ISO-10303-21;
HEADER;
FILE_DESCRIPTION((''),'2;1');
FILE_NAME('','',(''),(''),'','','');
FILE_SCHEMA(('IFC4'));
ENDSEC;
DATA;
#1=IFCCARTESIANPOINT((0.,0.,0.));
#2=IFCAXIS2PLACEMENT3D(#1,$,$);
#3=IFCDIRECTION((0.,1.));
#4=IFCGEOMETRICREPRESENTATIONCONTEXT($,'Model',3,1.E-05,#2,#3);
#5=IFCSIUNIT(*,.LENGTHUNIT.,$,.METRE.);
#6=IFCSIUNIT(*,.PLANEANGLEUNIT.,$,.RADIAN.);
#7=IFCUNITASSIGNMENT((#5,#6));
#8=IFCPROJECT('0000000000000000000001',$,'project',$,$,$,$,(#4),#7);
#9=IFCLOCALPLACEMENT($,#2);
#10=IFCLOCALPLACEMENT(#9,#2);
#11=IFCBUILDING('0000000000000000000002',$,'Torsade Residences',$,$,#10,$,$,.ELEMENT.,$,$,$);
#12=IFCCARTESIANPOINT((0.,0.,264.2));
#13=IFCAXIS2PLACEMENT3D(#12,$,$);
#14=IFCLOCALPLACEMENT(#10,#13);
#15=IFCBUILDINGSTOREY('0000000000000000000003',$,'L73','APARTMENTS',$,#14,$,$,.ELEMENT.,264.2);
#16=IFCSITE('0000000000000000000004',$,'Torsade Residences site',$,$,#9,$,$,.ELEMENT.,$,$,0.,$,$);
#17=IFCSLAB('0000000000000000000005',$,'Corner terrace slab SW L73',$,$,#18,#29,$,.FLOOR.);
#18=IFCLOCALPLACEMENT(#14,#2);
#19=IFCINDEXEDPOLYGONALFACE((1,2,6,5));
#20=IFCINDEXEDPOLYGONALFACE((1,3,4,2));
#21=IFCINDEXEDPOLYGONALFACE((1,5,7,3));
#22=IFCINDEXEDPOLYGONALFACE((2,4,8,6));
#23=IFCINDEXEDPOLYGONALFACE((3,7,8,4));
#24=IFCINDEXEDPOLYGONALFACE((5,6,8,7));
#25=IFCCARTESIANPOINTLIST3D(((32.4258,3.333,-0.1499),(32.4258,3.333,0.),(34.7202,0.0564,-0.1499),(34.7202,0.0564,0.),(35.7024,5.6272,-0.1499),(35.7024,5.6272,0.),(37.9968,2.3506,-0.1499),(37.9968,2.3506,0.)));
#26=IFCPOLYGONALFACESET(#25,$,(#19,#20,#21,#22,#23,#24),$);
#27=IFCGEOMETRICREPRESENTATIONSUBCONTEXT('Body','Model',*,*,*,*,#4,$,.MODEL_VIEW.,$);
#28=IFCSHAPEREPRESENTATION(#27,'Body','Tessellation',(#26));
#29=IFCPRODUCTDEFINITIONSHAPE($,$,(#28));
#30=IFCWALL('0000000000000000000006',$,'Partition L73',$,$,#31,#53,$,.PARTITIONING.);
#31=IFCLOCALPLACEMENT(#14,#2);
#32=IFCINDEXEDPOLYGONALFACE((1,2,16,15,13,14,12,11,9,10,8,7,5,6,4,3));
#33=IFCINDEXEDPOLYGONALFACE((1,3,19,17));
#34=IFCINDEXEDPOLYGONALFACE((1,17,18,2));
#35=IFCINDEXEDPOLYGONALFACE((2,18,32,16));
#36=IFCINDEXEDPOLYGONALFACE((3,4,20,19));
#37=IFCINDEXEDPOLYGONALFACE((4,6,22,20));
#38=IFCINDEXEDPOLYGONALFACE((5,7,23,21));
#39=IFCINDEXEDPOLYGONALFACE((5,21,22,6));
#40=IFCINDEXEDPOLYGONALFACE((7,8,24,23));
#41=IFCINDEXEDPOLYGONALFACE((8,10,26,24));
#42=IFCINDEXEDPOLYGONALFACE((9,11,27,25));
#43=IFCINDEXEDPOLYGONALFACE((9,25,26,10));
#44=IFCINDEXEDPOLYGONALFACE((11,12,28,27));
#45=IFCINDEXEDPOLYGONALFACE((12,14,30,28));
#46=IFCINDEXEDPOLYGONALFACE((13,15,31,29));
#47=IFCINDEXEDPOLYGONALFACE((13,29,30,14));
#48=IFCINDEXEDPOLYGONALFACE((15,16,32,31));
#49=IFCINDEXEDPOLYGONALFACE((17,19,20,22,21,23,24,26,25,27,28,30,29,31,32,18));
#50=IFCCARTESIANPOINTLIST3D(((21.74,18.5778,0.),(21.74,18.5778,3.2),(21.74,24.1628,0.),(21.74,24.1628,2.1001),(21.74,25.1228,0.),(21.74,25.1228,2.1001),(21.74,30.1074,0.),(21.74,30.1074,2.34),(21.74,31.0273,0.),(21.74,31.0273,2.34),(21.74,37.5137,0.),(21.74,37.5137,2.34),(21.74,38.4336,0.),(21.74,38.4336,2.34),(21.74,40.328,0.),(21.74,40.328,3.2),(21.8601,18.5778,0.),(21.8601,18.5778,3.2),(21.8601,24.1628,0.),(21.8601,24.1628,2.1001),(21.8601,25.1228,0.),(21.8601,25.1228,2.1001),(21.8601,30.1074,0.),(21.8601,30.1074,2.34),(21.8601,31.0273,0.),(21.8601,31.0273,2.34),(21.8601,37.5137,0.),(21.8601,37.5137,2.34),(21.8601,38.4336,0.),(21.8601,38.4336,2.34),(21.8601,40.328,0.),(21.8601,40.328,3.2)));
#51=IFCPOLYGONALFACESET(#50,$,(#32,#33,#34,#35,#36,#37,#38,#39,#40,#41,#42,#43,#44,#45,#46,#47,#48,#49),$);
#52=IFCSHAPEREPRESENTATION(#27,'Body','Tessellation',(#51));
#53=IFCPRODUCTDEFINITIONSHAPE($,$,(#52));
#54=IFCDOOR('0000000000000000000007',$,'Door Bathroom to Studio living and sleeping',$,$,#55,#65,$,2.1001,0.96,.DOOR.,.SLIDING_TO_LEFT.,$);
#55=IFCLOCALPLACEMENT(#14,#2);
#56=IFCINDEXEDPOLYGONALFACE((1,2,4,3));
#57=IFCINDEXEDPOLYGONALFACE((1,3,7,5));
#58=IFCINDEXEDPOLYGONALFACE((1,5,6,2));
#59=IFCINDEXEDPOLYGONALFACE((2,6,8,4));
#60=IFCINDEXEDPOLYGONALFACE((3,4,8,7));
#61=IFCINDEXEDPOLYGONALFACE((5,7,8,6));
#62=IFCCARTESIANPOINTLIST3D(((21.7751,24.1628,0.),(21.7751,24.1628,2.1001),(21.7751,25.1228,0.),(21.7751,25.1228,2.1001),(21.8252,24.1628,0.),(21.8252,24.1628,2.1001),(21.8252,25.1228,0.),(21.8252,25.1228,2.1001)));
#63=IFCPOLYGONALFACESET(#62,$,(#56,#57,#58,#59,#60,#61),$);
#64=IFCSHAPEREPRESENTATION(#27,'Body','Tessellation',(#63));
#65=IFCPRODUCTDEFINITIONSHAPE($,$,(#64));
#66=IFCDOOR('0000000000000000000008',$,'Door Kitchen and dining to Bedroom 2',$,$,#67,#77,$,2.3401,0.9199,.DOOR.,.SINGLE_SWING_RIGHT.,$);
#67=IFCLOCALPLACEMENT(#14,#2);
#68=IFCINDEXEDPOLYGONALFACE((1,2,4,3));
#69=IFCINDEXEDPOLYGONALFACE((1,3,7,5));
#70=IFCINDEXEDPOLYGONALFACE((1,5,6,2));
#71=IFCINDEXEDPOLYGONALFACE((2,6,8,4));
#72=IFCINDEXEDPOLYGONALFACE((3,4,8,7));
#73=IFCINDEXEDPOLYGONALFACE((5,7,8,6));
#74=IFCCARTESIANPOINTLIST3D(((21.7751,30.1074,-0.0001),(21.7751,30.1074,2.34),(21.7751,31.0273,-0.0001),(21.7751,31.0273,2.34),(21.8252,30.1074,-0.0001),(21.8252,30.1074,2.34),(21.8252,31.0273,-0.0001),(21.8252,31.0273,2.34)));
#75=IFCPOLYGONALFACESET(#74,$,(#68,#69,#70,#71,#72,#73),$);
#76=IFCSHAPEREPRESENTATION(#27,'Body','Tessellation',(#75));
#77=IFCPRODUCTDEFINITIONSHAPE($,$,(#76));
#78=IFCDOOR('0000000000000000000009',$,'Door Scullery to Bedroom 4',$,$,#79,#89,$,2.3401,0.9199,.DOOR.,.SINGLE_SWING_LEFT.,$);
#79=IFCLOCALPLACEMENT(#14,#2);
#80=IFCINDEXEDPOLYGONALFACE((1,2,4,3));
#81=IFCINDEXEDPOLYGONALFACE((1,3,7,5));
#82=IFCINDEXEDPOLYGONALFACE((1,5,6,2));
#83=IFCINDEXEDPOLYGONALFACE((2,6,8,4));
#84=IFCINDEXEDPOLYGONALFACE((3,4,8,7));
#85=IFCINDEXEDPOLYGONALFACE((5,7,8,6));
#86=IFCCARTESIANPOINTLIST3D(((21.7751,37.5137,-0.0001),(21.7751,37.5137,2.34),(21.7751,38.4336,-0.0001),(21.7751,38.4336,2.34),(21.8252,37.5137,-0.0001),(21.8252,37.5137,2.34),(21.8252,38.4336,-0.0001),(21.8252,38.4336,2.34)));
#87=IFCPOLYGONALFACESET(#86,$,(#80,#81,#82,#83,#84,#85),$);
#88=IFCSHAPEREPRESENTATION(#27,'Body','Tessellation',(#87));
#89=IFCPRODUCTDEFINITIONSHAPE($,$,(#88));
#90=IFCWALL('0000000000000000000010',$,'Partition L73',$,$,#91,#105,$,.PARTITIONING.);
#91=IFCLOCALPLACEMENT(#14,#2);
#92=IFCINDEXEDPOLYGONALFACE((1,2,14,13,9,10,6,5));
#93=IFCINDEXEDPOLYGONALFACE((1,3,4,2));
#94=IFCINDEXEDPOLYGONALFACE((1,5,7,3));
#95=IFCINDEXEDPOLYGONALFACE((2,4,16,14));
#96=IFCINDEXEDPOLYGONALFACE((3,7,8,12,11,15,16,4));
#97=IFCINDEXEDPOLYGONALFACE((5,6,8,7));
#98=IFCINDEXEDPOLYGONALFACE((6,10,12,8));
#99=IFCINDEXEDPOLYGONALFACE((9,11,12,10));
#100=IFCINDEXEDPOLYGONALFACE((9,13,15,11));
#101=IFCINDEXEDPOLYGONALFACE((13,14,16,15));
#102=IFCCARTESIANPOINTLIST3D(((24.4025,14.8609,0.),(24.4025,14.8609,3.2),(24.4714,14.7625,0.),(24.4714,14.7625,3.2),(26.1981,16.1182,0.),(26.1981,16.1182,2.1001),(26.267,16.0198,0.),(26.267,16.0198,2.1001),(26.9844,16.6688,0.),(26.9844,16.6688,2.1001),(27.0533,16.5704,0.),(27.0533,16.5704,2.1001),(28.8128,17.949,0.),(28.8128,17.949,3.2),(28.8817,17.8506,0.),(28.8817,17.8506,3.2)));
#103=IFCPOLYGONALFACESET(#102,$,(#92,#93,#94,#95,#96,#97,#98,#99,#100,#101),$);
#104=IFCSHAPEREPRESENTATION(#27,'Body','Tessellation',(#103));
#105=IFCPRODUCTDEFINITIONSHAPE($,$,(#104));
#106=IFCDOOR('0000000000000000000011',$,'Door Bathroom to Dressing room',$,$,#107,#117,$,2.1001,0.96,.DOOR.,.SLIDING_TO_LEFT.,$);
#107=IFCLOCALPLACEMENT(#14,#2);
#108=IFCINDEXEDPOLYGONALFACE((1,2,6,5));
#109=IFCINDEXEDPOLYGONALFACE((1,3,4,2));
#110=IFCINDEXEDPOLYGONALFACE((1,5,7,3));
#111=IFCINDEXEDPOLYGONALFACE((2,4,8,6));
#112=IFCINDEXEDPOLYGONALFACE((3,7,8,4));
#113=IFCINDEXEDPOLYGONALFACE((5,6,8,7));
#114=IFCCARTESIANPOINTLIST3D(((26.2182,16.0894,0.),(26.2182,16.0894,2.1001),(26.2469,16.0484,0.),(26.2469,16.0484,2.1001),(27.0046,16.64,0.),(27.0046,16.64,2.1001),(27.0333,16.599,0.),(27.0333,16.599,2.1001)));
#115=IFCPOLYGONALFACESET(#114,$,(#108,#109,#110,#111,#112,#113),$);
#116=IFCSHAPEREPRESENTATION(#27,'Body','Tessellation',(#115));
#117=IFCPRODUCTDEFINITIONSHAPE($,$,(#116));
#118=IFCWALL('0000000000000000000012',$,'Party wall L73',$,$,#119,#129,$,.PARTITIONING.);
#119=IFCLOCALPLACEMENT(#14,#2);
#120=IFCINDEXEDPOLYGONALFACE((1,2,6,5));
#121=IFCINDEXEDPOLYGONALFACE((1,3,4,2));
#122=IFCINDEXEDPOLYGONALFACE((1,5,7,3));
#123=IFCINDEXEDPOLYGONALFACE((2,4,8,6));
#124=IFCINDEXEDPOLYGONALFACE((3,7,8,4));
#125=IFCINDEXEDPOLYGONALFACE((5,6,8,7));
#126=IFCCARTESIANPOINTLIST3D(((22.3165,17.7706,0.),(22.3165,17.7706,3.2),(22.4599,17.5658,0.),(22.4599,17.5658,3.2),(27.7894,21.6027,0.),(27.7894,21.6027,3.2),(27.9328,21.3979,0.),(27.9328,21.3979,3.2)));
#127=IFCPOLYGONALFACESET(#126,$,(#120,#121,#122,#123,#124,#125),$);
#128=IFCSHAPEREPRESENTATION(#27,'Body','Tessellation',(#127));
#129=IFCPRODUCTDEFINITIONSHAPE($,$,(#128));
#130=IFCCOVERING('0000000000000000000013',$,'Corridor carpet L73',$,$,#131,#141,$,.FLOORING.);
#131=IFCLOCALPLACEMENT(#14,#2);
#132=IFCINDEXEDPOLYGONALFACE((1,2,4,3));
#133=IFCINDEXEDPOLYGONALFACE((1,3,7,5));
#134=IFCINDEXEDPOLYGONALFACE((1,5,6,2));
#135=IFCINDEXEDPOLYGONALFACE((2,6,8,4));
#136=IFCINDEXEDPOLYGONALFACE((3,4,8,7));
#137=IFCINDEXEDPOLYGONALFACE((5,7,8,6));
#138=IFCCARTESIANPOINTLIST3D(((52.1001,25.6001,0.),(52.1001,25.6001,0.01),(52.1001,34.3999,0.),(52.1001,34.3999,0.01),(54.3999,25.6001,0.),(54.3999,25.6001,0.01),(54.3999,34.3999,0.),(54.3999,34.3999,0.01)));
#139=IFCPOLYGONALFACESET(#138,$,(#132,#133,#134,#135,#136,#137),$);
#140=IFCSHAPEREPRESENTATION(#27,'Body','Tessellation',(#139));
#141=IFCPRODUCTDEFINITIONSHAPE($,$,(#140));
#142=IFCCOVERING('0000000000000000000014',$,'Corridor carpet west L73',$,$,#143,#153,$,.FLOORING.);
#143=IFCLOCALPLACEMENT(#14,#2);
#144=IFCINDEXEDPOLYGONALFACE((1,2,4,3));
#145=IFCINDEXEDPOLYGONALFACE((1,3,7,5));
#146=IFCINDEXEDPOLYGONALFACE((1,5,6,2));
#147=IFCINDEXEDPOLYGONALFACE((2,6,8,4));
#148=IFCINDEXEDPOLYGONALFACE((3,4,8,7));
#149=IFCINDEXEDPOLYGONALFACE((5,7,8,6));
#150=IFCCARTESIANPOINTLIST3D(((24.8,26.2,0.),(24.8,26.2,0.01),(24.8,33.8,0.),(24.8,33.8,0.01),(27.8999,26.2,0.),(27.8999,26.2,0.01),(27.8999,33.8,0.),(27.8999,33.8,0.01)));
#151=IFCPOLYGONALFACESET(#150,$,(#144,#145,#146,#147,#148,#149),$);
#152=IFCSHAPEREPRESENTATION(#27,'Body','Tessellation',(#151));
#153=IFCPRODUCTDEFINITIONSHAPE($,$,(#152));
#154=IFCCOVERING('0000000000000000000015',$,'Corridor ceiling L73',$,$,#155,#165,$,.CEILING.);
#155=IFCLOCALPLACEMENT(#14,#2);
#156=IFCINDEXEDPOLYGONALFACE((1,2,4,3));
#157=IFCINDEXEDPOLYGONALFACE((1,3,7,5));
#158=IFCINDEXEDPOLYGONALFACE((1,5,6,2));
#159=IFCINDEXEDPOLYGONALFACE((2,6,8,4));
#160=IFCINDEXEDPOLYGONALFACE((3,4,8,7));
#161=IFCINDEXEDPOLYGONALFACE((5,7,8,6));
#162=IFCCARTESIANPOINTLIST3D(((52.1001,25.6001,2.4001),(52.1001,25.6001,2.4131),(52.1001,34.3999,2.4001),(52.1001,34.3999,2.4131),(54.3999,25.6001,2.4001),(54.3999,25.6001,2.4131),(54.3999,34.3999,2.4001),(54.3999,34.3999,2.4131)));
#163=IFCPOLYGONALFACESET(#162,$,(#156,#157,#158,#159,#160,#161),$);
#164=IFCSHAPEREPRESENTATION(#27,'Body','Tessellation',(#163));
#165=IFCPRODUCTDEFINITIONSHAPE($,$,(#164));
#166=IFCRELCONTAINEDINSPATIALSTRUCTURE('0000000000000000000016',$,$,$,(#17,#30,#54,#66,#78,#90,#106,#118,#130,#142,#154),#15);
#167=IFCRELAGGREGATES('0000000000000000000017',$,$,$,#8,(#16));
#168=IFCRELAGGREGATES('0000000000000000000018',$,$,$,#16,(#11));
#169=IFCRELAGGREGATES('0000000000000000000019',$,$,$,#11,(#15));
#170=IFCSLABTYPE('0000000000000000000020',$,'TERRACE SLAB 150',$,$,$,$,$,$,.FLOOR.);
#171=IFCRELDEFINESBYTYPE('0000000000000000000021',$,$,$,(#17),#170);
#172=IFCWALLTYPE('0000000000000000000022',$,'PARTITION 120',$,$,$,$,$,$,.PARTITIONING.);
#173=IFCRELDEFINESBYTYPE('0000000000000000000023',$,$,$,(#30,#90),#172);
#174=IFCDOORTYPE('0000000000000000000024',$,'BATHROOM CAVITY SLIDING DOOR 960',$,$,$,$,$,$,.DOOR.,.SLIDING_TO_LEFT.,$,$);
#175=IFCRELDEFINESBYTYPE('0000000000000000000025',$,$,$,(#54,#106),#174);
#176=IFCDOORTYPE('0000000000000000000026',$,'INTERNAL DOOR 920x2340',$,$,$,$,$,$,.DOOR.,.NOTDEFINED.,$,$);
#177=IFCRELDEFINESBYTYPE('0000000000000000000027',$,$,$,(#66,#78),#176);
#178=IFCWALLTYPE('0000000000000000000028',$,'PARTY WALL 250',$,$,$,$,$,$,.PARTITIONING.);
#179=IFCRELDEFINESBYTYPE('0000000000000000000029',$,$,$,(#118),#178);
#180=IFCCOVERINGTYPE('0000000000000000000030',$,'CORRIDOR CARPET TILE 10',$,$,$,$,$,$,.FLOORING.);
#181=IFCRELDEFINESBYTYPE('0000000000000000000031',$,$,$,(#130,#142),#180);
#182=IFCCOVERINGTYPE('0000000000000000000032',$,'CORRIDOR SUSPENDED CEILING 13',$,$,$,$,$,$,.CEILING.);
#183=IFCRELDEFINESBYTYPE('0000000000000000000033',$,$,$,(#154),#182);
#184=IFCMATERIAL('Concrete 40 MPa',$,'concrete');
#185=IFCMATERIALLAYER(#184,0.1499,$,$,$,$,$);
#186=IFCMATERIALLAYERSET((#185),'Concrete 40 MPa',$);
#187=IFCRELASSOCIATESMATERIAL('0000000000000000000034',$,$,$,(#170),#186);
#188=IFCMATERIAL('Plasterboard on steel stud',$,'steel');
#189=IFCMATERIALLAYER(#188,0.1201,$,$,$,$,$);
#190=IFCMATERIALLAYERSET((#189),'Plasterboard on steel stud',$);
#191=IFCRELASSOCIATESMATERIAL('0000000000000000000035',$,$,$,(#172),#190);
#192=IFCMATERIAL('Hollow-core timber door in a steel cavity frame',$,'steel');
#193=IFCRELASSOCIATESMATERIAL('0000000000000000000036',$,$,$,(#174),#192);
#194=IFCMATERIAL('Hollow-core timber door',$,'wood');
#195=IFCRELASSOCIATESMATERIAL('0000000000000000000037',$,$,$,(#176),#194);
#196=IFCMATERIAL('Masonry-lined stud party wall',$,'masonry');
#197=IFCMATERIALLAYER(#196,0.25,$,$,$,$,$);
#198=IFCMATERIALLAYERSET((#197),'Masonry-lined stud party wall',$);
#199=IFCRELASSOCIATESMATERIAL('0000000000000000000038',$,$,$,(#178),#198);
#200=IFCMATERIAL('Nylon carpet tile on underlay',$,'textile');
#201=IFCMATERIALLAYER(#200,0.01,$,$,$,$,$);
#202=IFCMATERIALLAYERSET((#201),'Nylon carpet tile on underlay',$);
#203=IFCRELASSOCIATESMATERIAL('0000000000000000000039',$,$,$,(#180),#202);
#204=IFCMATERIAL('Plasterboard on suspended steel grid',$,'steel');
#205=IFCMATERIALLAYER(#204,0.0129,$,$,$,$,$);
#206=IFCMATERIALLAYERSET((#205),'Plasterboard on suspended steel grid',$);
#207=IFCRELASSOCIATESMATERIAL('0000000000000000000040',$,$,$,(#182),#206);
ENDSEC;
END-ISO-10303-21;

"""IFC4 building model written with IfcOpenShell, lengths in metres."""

from ifc_helpers import new_model, si_unit, direction, frame, frame_2d, origin, place, context, subcontext, project, spatial, polyline, rectangle, outline, extrude, material, layer, layer_set, type_object, element, fill, save


model = new_model("IFC4")

# Units and contexts
model_context = context("Model", 3, precision=1e-05, world=origin(), true_north=direction((0.0, 1.0)))
body_context = subcontext(model_context, "Body", "Model", "MODEL_VIEW")
ifc_project = project(units=[si_unit("LENGTHUNIT", "METRE"), si_unit("PLANEANGLEUNIT", "RADIAN")], contexts=[model_context])

# Site, building, storey
site_placement = place(None, origin())
site = spatial("IfcSite", under=ifc_project, at=site_placement, Name="Torsade Residences site", CompositionType="ELEMENT", RefElevation=0.0)
building_placement = place(site_placement, origin())
building = spatial("IfcBuilding", under=site, at=building_placement, Name="Torsade Residences", CompositionType="ELEMENT")
storey_placement = place(building_placement, frame((0.0, 0.0, 264.2)))
storey = spatial("IfcBuildingStorey", under=building, at=storey_placement, Name="L73", Description="APARTMENTS", CompositionType="ELEMENT", Elevation=264.2)

# Slab
ifc_material_1 = material(Name="Concrete 40 MPa", Category="concrete")
ifc_layer_1 = layer(ifc_material_1, 0.1499)
ifc_layer_set_1 = layer_set([ifc_layer_1], Name="Concrete 40 MPa")
slab_type_1 = type_object("IfcSlabType", Name="TERRACE SLAB 150", PredefinedType="FLOOR", material=ifc_layer_set_1)
slab_1_placement = place(storey_placement, frame((0.0, 0.0, -0.1499)))
element("IfcSlab", 1, at=slab_1_placement, inside=storey, type_object=slab_type_1, Name="Corner terrace slab SW L73", PredefinedType="FLOOR", context=body_context, shape_type="SweptSolid", body=[
    extrude(outline(polyline([(34.7202, 0.0564), (37.9968, 2.3506), (35.7024, 5.6272), (32.4258, 3.333), (34.7202, 0.0564)])), origin(), (0.0, 0.0, 1.0), 0.1499),
])

# Wall, openings, doors
ifc_material_2 = material(Name="Plasterboard on steel stud", Category="steel")
ifc_layer_2 = layer(ifc_material_2, 0.1201)
ifc_layer_set_2 = layer_set([ifc_layer_2], Name="Plasterboard on steel stud")
wall_type_1 = type_object("IfcWallType", Name="PARTITION 120", PredefinedType="PARTITIONING", material=ifc_layer_set_2)
wall_1_placement = place(storey_placement, frame((21.8, 18.5779, 0.0), z_axis=(0.0, 0.0, 1.0), x_axis=(0.0, 1.0, 0.0)))
wall_1 = element("IfcWall", 2, at=wall_1_placement, inside=storey, type_object=wall_type_1, Name="Partition L73", PredefinedType="PARTITIONING", context=body_context, shape_type="SweptSolid", body=[
    extrude(rectangle(XDim=21.7502, YDim=0.1201, at=frame_2d((10.875, 0.0))), origin(), (0.0, 0.0, 1.0), 3.2),
])
opening_1_placement = place(wall_1_placement, frame((11.5295, 0.0, 0.0)))
opening_1 = element("IfcOpeningElement", 3, at=opening_1_placement, cuts=wall_1, PredefinedType="OPENING", context=body_context, shape_type="SweptSolid", body=[
    extrude(rectangle(XDim=0.9199, YDim=2.3401, at=frame_2d((0.46, 1.1699))), frame((0.0, 0.0701, 0.0), z_axis=(0.0, -1.0, 0.0), x_axis=(1.0, 0.0, 0.0)), (0.0, 0.0, 1.0), 0.1401),
])
opening_2_placement = place(wall_1_placement, frame((5.585, 0.0, 0.0)))
opening_2 = element("IfcOpeningElement", 4, at=opening_2_placement, cuts=wall_1, PredefinedType="OPENING", context=body_context, shape_type="SweptSolid", body=[
    extrude(rectangle(XDim=0.96, YDim=2.1001, at=frame_2d((0.48, 1.05))), frame((0.0, 0.0701, 0.0), z_axis=(0.0, -1.0, 0.0), x_axis=(1.0, 0.0, 0.0)), (0.0, 0.0, 1.0), 0.1401),
])
opening_3_placement = place(wall_1_placement, frame((18.9358, 0.0, 0.0)))
opening_3 = element("IfcOpeningElement", 5, at=opening_3_placement, cuts=wall_1, PredefinedType="OPENING", context=body_context, shape_type="SweptSolid", body=[
    extrude(rectangle(XDim=0.9199, YDim=2.3401, at=frame_2d((0.46, 1.1699))), frame((0.0, 0.0701, 0.0), z_axis=(0.0, -1.0, 0.0), x_axis=(1.0, 0.0, 0.0)), (0.0, 0.0, 1.0), 0.1401),
])
ifc_material_3 = material(Name="Hollow-core timber door in a steel cavity frame", Category="steel")
door_type_1 = type_object("IfcDoorType", Name="BATHROOM CAVITY SLIDING DOOR 960", OperationType="SLIDING_TO_LEFT", PredefinedType="DOOR", material=ifc_material_3)
door_1_placement = place(opening_2_placement, origin())
door_1 = element("IfcDoor", 6, at=door_1_placement, inside=storey, type_object=door_type_1, Name="Door Bathroom to Studio living and sleeping", OperationType="SLIDING_TO_LEFT", OverallHeight=2.1001, OverallWidth=0.96, PredefinedType="DOOR", context=body_context, shape_type="SweptSolid", body=[
    extrude(rectangle(XDim=0.96, YDim=2.1001, at=frame_2d((0.48, 1.05))), frame((0.0, 0.0249, 0.0), z_axis=(0.0, -1.0, 0.0), x_axis=(1.0, 0.0, 0.0)), (0.0, 0.0, 1.0), 0.05),
])
fill(opening_2, door_1)
ifc_material_4 = material(Name="Hollow-core timber door", Category="wood")
door_type_2 = type_object("IfcDoorType", Name="INTERNAL DOOR 920x2340", OperationType="NOTDEFINED", PredefinedType="DOOR", material=ifc_material_4)
door_2_placement = place(opening_1_placement, origin())
door_2 = element("IfcDoor", 7, at=door_2_placement, inside=storey, type_object=door_type_2, Name="Door Kitchen and dining to Bedroom 2", OperationType="SINGLE_SWING_RIGHT", OverallHeight=2.3401, OverallWidth=0.9199, PredefinedType="DOOR", context=body_context, shape_type="SweptSolid", body=[
    extrude(rectangle(XDim=0.9199, YDim=2.3401, at=frame_2d((0.46, 1.1699))), frame((0.0, 0.0249, 0.0), z_axis=(0.0, -1.0, 0.0), x_axis=(1.0, 0.0, 0.0)), (0.0, 0.0, 1.0), 0.05),
])
fill(opening_1, door_2)
door_3_placement = place(opening_3_placement, origin())
door_3 = element("IfcDoor", 8, at=door_3_placement, inside=storey, type_object=door_type_2, Name="Door Scullery to Bedroom 4", OperationType="SINGLE_SWING_LEFT", OverallHeight=2.3401, OverallWidth=0.9199, PredefinedType="DOOR", context=body_context, shape_type="SweptSolid", body=[
    extrude(rectangle(XDim=0.9199, YDim=2.3401, at=frame_2d((0.46, 1.1699))), frame((0.0, 0.0249, 0.0), z_axis=(0.0, -1.0, 0.0), x_axis=(1.0, 0.0, 0.0)), (0.0, 0.0, 1.0), 0.05),
])
fill(opening_3, door_3)

# Wall, opening, door
wall_2_placement = place(storey_placement, frame((24.437, 14.8118, 0.0), z_axis=(0.0, 0.0, 1.0), x_axis=(0.819157, 0.573569, 0.0)))
wall_2 = element("IfcWall", 9, at=wall_2_placement, inside=storey, type_object=wall_type_1, Name="Partition L73", PredefinedType="PARTITIONING", context=body_context, shape_type="SweptSolid", body=[
    extrude(rectangle(XDim=5.384, YDim=0.1201, at=frame_2d((2.6919, 0.0))), origin(), (0.0, 0.0, 1.0), 3.2),
])
opening_4_placement = place(wall_2_placement, frame((2.1919, 0.0, 0.0)))
opening_4 = element("IfcOpeningElement", 10, at=opening_4_placement, cuts=wall_2, PredefinedType="OPENING", context=body_context, shape_type="SweptSolid", body=[
    extrude(rectangle(XDim=0.96, YDim=2.1001, at=frame_2d((0.48, 1.05))), frame((0.0, 0.0701, 0.0), z_axis=(0.0, -1.0, 0.0), x_axis=(1.0, 0.0, 0.0)), (0.0, 0.0, 1.0), 0.1401),
])
door_4_placement = place(opening_4_placement, origin())
door_4 = element("IfcDoor", 11, at=door_4_placement, inside=storey, type_object=door_type_1, Name="Door Bathroom to Dressing room", OperationType="SLIDING_TO_LEFT", OverallHeight=2.1001, OverallWidth=0.96, PredefinedType="DOOR", context=body_context, shape_type="SweptSolid", body=[
    extrude(rectangle(XDim=0.96, YDim=2.1001, at=frame_2d((0.48, 1.05))), frame((0.0, 0.0249, 0.0), z_axis=(0.0, -1.0, 0.0), x_axis=(1.0, 0.0, 0.0)), (0.0, 0.0, 1.0), 0.05),
])
fill(opening_4, door_4)

# Wall
ifc_material_5 = material(Name="Masonry-lined stud party wall", Category="masonry")
ifc_layer_3 = layer(ifc_material_5, 0.25)
ifc_layer_set_3 = layer_set([ifc_layer_3], Name="Masonry-lined stud party wall")
wall_type_2 = type_object("IfcWallType", Name="PARTY WALL 250", PredefinedType="PARTITIONING", material=ifc_layer_set_3)
wall_3_placement = place(storey_placement, frame((22.3882, 17.6682, 0.0), z_axis=(0.0, 0.0, 1.0), x_axis=(0.819162, 0.573563, 0.0)))
element("IfcWall", 12, at=wall_3_placement, inside=storey, type_object=wall_type_2, Name="Party wall L73", PredefinedType="PARTITIONING", context=body_context, shape_type="SweptSolid", body=[
    extrude(rectangle(XDim=6.6812, YDim=0.25, at=frame_2d((3.3406, 0.0))), origin(), (0.0, 0.0, 1.0), 3.2),
])

# Coverings
ifc_material_6 = material(Name="Nylon carpet tile on underlay", Category="textile")
ifc_layer_4 = layer(ifc_material_6, 0.01)
ifc_layer_set_4 = layer_set([ifc_layer_4], Name="Nylon carpet tile on underlay")
covering_type_1 = type_object("IfcCoveringType", Name="CORRIDOR CARPET TILE 10", PredefinedType="FLOORING", material=ifc_layer_set_4)
covering_1_placement = place(storey_placement, origin())
element("IfcCovering", 13, at=covering_1_placement, inside=storey, type_object=covering_type_1, Name="Corridor carpet L73", PredefinedType="FLOORING", context=body_context, shape_type="SweptSolid", body=[
    extrude(outline(polyline([(54.3999, 25.6001), (54.3999, 34.3999), (52.1001, 34.3999), (52.1001, 25.6001), (54.3999, 25.6001)])), origin(), (0.0, 0.0, 1.0), 0.01),
])
covering_2_placement = place(storey_placement, origin())
element("IfcCovering", 14, at=covering_2_placement, inside=storey, type_object=covering_type_1, Name="Corridor carpet west L73", PredefinedType="FLOORING", context=body_context, shape_type="SweptSolid", body=[
    extrude(outline(polyline([(27.8999, 26.2), (27.8999, 33.8), (24.8, 33.8), (24.8, 26.2), (27.8999, 26.2)])), origin(), (0.0, 0.0, 1.0), 0.01),
])
ifc_material_7 = material(Name="Plasterboard on suspended steel grid", Category="steel")
ifc_layer_5 = layer(ifc_material_7, 0.0129)
ifc_layer_set_5 = layer_set([ifc_layer_5], Name="Plasterboard on suspended steel grid")
covering_type_2 = type_object("IfcCoveringType", Name="CORRIDOR SUSPENDED CEILING 13", PredefinedType="CEILING", material=ifc_layer_set_5)
covering_3_placement = place(storey_placement, frame((0.0, 0.0, 2.4001)))
element("IfcCovering", 15, at=covering_3_placement, inside=storey, type_object=covering_type_2, Name="Corridor ceiling L73", PredefinedType="CEILING", context=body_context, shape_type="SweptSolid", body=[
    extrude(outline(polyline([(54.3999, 25.6001), (54.3999, 34.3999), (52.1001, 34.3999), (52.1001, 25.6001), (54.3999, 25.6001)])), origin(), (0.0, 0.0, 1.0), 0.0129),
])

save(model, "model.ifc")
